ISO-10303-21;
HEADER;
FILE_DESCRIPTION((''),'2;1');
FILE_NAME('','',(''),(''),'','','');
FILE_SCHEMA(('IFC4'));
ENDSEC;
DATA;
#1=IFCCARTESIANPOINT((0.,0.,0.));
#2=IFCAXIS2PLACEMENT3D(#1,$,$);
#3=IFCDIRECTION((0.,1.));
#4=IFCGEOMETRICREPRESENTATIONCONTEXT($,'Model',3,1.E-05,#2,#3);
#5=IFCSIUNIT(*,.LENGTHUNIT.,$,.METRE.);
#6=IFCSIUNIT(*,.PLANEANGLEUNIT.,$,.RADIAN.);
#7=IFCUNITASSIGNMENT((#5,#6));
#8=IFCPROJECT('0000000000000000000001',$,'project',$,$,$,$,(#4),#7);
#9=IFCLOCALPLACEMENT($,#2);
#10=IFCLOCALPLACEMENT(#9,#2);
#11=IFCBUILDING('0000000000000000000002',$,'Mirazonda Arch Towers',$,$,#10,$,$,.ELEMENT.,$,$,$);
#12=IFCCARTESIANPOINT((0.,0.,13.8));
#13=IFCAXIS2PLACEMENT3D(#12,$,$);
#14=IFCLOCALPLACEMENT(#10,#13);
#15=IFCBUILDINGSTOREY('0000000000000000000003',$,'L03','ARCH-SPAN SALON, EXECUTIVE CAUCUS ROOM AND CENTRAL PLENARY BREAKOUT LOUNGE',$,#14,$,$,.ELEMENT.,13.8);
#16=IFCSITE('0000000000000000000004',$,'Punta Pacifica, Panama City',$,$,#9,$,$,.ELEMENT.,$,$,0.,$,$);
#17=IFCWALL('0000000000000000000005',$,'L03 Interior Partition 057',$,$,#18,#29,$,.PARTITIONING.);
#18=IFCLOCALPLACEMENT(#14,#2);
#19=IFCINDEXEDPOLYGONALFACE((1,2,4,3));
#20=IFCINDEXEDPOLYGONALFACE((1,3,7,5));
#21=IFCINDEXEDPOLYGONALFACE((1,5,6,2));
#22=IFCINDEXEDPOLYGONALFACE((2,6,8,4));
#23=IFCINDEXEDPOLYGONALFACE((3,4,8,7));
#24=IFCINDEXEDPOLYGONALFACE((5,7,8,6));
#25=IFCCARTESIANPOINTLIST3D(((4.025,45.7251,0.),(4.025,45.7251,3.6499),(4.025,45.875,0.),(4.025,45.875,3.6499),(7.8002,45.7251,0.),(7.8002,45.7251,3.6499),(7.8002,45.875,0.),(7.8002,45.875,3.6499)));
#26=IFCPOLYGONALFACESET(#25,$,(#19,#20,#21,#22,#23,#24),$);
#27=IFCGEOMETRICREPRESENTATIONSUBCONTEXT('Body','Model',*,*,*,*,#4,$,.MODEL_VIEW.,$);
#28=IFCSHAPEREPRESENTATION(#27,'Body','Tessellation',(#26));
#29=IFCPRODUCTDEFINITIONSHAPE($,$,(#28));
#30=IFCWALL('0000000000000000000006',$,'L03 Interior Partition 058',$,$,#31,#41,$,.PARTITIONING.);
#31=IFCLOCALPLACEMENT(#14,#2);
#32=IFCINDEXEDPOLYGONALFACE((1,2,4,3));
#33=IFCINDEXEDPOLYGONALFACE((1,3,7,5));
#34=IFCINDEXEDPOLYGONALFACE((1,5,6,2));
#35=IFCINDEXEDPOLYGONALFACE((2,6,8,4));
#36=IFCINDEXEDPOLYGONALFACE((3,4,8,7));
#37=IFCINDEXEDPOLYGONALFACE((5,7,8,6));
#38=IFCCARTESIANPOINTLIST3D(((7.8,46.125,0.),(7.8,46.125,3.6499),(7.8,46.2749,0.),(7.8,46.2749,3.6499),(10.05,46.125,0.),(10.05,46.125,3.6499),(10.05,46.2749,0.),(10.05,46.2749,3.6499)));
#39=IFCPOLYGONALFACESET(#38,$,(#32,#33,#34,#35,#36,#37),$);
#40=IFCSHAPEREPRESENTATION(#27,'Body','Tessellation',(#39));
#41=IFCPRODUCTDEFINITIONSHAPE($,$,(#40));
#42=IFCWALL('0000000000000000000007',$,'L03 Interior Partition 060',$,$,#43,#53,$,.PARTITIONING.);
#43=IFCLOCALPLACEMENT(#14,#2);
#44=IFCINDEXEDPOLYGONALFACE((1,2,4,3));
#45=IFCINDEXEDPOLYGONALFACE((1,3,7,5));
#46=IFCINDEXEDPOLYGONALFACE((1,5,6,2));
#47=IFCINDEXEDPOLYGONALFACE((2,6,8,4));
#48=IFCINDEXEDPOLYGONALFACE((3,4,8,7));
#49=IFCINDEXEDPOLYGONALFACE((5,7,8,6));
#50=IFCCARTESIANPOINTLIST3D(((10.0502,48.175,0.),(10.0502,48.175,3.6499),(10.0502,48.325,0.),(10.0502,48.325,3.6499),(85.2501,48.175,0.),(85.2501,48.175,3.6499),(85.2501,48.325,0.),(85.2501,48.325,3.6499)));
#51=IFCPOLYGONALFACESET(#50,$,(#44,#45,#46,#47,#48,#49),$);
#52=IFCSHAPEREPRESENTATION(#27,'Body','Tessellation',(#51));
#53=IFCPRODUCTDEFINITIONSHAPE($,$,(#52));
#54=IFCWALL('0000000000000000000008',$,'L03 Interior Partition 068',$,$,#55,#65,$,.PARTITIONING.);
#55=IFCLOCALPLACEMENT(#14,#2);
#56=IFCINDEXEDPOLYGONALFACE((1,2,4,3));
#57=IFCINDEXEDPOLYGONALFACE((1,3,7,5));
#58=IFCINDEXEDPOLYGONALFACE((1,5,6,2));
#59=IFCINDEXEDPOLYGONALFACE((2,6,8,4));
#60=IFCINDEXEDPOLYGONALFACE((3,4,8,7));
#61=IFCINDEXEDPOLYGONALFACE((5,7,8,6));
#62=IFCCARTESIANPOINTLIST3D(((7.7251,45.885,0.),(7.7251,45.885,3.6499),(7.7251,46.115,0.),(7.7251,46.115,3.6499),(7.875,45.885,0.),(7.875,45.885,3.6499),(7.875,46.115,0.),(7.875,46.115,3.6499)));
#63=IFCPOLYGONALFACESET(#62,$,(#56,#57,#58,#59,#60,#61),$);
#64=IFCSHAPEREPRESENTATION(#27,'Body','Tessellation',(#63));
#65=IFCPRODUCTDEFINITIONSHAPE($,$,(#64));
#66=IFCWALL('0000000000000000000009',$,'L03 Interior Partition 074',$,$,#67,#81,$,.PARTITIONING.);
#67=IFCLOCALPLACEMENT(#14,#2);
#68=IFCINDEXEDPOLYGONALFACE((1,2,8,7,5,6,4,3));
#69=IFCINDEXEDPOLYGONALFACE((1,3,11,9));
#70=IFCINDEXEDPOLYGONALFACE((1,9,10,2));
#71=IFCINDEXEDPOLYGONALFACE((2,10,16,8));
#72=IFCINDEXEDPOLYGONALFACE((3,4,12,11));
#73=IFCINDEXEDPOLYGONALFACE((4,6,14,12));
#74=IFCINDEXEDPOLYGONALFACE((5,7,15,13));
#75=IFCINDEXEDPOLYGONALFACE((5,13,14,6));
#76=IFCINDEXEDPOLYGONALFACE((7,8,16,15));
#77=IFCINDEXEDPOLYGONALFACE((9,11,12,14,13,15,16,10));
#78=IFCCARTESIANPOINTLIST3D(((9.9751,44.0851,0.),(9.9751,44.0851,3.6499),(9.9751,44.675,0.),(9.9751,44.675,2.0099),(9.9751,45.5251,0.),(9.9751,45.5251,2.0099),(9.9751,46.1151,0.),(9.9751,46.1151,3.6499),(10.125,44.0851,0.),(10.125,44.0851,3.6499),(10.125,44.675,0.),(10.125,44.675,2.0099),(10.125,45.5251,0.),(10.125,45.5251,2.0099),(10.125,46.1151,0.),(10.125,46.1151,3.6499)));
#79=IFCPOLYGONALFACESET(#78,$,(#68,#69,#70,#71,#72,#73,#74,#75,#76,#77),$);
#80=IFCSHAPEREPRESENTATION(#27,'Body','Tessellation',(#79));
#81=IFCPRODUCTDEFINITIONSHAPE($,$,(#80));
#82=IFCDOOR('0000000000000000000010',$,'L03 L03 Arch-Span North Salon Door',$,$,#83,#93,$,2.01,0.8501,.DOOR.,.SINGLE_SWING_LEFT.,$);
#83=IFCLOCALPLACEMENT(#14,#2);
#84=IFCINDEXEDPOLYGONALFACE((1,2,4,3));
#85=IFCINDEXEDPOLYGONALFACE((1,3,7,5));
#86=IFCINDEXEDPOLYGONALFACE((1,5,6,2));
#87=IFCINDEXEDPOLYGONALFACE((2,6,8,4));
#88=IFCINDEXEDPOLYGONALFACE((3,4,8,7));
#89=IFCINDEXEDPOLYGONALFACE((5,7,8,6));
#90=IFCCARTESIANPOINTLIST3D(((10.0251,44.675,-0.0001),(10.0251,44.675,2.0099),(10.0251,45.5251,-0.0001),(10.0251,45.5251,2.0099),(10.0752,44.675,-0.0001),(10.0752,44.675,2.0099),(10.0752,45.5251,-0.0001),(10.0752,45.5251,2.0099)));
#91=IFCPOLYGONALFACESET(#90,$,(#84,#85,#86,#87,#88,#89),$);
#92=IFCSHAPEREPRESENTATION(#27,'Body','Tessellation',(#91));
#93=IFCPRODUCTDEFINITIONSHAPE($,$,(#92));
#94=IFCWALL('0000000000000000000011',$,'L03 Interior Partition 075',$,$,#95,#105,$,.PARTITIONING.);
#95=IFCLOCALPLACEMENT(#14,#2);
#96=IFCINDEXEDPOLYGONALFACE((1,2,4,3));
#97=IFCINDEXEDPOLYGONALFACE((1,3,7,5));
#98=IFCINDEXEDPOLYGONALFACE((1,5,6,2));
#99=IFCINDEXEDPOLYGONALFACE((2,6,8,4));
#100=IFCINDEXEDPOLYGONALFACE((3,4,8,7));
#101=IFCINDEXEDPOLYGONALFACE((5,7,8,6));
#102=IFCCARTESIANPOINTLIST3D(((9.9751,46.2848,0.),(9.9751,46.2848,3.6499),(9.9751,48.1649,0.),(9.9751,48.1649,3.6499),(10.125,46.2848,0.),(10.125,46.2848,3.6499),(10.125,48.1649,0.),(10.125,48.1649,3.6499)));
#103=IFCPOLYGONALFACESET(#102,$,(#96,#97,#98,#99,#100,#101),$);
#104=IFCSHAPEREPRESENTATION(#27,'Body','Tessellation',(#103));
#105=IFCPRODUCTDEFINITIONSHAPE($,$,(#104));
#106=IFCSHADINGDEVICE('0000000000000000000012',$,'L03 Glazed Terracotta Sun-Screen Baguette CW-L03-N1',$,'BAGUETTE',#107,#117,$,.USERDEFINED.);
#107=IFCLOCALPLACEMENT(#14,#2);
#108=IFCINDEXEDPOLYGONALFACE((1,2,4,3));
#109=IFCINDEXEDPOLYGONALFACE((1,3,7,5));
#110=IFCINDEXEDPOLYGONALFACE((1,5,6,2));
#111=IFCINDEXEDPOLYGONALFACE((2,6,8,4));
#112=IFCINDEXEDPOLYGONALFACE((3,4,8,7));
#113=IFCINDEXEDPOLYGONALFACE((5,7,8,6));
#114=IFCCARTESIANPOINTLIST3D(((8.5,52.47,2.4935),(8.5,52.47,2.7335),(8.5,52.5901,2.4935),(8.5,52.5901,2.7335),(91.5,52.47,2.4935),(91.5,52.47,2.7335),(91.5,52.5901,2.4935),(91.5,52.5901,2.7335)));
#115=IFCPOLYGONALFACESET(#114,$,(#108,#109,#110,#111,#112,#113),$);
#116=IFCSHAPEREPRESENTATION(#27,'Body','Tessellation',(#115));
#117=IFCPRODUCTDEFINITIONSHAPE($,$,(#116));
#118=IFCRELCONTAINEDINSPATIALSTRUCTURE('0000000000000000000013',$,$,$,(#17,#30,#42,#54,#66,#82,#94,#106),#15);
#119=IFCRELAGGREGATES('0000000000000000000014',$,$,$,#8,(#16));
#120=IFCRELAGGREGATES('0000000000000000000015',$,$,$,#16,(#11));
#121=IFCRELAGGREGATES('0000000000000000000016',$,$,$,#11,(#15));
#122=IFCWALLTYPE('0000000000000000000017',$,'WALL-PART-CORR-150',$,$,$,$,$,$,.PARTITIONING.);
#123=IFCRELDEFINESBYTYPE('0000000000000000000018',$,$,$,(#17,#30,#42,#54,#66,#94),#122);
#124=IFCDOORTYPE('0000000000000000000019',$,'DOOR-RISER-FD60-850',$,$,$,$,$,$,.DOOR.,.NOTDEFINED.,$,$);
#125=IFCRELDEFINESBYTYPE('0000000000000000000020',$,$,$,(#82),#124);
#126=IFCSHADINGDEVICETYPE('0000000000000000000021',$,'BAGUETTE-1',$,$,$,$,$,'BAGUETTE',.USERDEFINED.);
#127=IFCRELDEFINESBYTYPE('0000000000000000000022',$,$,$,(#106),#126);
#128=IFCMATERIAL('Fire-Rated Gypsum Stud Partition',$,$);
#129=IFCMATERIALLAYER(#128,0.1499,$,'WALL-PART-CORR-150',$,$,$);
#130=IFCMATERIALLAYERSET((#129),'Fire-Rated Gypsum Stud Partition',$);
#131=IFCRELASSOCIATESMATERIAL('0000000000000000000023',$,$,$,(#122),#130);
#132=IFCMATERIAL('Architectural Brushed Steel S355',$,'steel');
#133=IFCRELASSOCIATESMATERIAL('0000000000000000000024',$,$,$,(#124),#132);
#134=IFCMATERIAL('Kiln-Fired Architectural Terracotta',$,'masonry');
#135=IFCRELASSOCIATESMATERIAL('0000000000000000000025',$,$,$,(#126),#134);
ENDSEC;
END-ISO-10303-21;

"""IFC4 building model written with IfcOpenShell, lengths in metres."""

from ifc_helpers import new_model, si_unit, direction, frame, frame_2d, origin, origin_2d, place, context, subcontext, project, spatial, rectangle, extrude, material, layer, layer_set, material_profile, profile_set, type_object, element, fill, save


model = new_model("IFC4")

# Units and contexts
model_context = context("Model", 3, precision=1e-05, world=origin(), true_north=direction((0.0, 1.0)))
body_context = subcontext(model_context, "Body", "Model", "MODEL_VIEW")
ifc_project = project(units=[si_unit("LENGTHUNIT", "METRE"), si_unit("PLANEANGLEUNIT", "RADIAN")], contexts=[model_context])

# Site, building, storey
site_placement = place(None, origin())
site = spatial("IfcSite", under=ifc_project, at=site_placement, Name="Punta Pacifica, Panama City", CompositionType="ELEMENT", RefElevation=0.0)
building_placement = place(site_placement, origin())
building = spatial("IfcBuilding", under=site, at=building_placement, Name="Mirazonda Arch Towers", CompositionType="ELEMENT")
storey_placement = place(building_placement, frame((0.0, 0.0, 13.8)))
storey = spatial("IfcBuildingStorey", under=building, at=storey_placement, Name="L03", Description="ARCH-SPAN SALON, EXECUTIVE CAUCUS ROOM AND CENTRAL PLENARY BREAKOUT LOUNGE", CompositionType="ELEMENT", Elevation=13.8)

# Walls
ifc_material_1 = material(Name="Fire-Rated Gypsum Stud Partition")
ifc_layer_1 = layer(ifc_material_1, 0.1499, Name="WALL-PART-CORR-150")
ifc_layer_set_1 = layer_set([ifc_layer_1], Name="Fire-Rated Gypsum Stud Partition")
wall_type_1 = type_object("IfcWallType", Name="WALL-PART-CORR-150", PredefinedType="PARTITIONING", material=ifc_layer_set_1)
wall_1_placement = place(storey_placement, frame((4.0249, 45.8, 0.0), z_axis=(0.0, 0.0, 1.0), x_axis=(1.0, 0.0, 0.0)))
element("IfcWall", 1, at=wall_1_placement, inside=storey, type_object=wall_type_1, Name="L03 Interior Partition 057", PredefinedType="PARTITIONING", context=body_context, shape_type="SweptSolid", body=[
    extrude(rectangle(XDim=3.7751, YDim=0.1499, at=frame_2d((1.8877, 0.0))), origin(), (0.0, 0.0, 1.0), 3.6499),
])
wall_2_placement = place(storey_placement, frame((7.8, 46.2, 0.0), z_axis=(0.0, 0.0, 1.0), x_axis=(1.0, 0.0, 0.0)))
element("IfcWall", 2, at=wall_2_placement, inside=storey, type_object=wall_type_1, Name="L03 Interior Partition 058", PredefinedType="PARTITIONING", context=body_context, shape_type="SweptSolid", body=[
    extrude(rectangle(XDim=2.25, YDim=0.1499, at=frame_2d((1.125, 0.0))), origin(), (0.0, 0.0, 1.0), 3.6499),
])
wall_3_placement = place(storey_placement, frame((10.05, 48.25, 0.0), z_axis=(0.0, 0.0, 1.0), x_axis=(1.0, 0.0, 0.0)))
element("IfcWall", 3, at=wall_3_placement, inside=storey, type_object=wall_type_1, Name="L03 Interior Partition 060", PredefinedType="PARTITIONING", context=body_context, shape_type="SweptSolid", body=[
    extrude(rectangle(XDim=75.2, YDim=0.1499, at=frame_2d((37.6001, 0.0))), origin(), (0.0, 0.0, 1.0), 3.6499),
])
wall_4_placement = place(storey_placement, frame((7.8, 45.885, 0.0), z_axis=(0.0, 0.0, 1.0), x_axis=(0.0, 1.0, 0.0)))
element("IfcWall", 4, at=wall_4_placement, inside=storey, type_object=wall_type_1, Name="L03 Interior Partition 068", PredefinedType="PARTITIONING", context=body_context, shape_type="SweptSolid", body=[
    extrude(rectangle(XDim=0.23, YDim=0.1499, at=frame_2d((0.115, 0.0))), origin(), (0.0, 0.0, 1.0), 3.6499),
])

# Wall, opening, door
wall_5_placement = place(storey_placement, frame((10.05, 44.085, 0.0), z_axis=(0.0, 0.0, 1.0), x_axis=(0.0, 1.0, 0.0)))
wall_5 = element("IfcWall", 5, at=wall_5_placement, inside=storey, type_object=wall_type_1, Name="L03 Interior Partition 074", PredefinedType="PARTITIONING", context=body_context, shape_type="SweptSolid", body=[
    extrude(rectangle(XDim=2.03, YDim=0.1499, at=frame_2d((1.0151, 0.0))), origin(), (0.0, 0.0, 1.0), 3.6499),
])
opening_1_placement = place(wall_5_placement, frame((0.5901, 0.0, 0.0)))
opening_1 = element("IfcOpeningElement", 6, at=opening_1_placement, cuts=wall_5, PredefinedType="OPENING", context=body_context, shape_type="SweptSolid", body=[
    extrude(rectangle(XDim=0.8501, YDim=2.01, at=frame_2d((0.425, 1.0049))), frame((0.0, 0.085, 0.0), z_axis=(0.0, -1.0, 0.0), x_axis=(1.0, 0.0, 0.0)), (0.0, 0.0, 1.0), 0.1699),
])
ifc_material_2 = material(Name="Architectural Brushed Steel S355", Category="steel")
door_type = type_object("IfcDoorType", Name="DOOR-RISER-FD60-850", OperationType="NOTDEFINED", PredefinedType="DOOR", material=ifc_material_2)
door_placement = place(opening_1_placement, origin())
door = element("IfcDoor", 7, at=door_placement, inside=storey, type_object=door_type, Name="L03 L03 Arch-Span North Salon Door", OperationType="SINGLE_SWING_LEFT", OverallHeight=2.01, OverallWidth=0.8501, PredefinedType="DOOR", context=body_context, shape_type="SweptSolid", body=[
    extrude(rectangle(XDim=0.8501, YDim=2.01, at=frame_2d((0.425, 1.0049))), frame((0.0, 0.0249, 0.0), z_axis=(0.0, -1.0, 0.0), x_axis=(1.0, 0.0, 0.0)), (0.0, 0.0, 1.0), 0.05),
])
fill(opening_1, door)

# Wall
wall_6_placement = place(storey_placement, frame((10.05, 46.2849, 0.0), z_axis=(0.0, 0.0, 1.0), x_axis=(0.0, 1.0, 0.0)))
element("IfcWall", 8, at=wall_6_placement, inside=storey, type_object=wall_type_1, Name="L03 Interior Partition 075", PredefinedType="PARTITIONING", context=body_context, shape_type="SweptSolid", body=[
    extrude(rectangle(XDim=1.8801, YDim=0.1499, at=frame_2d((0.9399, 0.0))), origin(), (0.0, 0.0, 1.0), 3.6499),
])

# Shading device
ifc_material_3 = material(Name="Kiln-Fired Architectural Terracotta", Category="masonry")
ifc_material_profile_1 = material_profile(ifc_material_3, rectangle(XDim=0.1201, YDim=0.24, at=origin_2d()), Name="TERRA-BAG-120x240")
ifc_profile_set_1 = profile_set([ifc_material_profile_1], Name="Kiln-Fired Architectural Terracotta")
shading_device_type = type_object("IfcShadingDeviceType", Name="BAGUETTE-1", ElementType="BAGUETTE", PredefinedType="USERDEFINED", material=ifc_profile_set_1)
shading_device_placement = place(storey_placement, frame((8.5, 52.53, 2.6135), z_axis=(1.0, 0.0, 0.0), x_axis=(0.0, 1.0, 0.0)))
element("IfcShadingDevice", 9, at=shading_device_placement, inside=storey, type_object=shading_device_type, Name="L03 Glazed Terracotta Sun-Screen Baguette CW-L03-N1", ObjectType="BAGUETTE", PredefinedType="USERDEFINED", context=body_context, shape_type="SweptSolid", body=[
    extrude(rectangle(XDim=0.1201, YDim=0.24, at=origin_2d()), origin(), (0.0, 0.0, 1.0), 83.0),
])

save(model, "model.ifc")
